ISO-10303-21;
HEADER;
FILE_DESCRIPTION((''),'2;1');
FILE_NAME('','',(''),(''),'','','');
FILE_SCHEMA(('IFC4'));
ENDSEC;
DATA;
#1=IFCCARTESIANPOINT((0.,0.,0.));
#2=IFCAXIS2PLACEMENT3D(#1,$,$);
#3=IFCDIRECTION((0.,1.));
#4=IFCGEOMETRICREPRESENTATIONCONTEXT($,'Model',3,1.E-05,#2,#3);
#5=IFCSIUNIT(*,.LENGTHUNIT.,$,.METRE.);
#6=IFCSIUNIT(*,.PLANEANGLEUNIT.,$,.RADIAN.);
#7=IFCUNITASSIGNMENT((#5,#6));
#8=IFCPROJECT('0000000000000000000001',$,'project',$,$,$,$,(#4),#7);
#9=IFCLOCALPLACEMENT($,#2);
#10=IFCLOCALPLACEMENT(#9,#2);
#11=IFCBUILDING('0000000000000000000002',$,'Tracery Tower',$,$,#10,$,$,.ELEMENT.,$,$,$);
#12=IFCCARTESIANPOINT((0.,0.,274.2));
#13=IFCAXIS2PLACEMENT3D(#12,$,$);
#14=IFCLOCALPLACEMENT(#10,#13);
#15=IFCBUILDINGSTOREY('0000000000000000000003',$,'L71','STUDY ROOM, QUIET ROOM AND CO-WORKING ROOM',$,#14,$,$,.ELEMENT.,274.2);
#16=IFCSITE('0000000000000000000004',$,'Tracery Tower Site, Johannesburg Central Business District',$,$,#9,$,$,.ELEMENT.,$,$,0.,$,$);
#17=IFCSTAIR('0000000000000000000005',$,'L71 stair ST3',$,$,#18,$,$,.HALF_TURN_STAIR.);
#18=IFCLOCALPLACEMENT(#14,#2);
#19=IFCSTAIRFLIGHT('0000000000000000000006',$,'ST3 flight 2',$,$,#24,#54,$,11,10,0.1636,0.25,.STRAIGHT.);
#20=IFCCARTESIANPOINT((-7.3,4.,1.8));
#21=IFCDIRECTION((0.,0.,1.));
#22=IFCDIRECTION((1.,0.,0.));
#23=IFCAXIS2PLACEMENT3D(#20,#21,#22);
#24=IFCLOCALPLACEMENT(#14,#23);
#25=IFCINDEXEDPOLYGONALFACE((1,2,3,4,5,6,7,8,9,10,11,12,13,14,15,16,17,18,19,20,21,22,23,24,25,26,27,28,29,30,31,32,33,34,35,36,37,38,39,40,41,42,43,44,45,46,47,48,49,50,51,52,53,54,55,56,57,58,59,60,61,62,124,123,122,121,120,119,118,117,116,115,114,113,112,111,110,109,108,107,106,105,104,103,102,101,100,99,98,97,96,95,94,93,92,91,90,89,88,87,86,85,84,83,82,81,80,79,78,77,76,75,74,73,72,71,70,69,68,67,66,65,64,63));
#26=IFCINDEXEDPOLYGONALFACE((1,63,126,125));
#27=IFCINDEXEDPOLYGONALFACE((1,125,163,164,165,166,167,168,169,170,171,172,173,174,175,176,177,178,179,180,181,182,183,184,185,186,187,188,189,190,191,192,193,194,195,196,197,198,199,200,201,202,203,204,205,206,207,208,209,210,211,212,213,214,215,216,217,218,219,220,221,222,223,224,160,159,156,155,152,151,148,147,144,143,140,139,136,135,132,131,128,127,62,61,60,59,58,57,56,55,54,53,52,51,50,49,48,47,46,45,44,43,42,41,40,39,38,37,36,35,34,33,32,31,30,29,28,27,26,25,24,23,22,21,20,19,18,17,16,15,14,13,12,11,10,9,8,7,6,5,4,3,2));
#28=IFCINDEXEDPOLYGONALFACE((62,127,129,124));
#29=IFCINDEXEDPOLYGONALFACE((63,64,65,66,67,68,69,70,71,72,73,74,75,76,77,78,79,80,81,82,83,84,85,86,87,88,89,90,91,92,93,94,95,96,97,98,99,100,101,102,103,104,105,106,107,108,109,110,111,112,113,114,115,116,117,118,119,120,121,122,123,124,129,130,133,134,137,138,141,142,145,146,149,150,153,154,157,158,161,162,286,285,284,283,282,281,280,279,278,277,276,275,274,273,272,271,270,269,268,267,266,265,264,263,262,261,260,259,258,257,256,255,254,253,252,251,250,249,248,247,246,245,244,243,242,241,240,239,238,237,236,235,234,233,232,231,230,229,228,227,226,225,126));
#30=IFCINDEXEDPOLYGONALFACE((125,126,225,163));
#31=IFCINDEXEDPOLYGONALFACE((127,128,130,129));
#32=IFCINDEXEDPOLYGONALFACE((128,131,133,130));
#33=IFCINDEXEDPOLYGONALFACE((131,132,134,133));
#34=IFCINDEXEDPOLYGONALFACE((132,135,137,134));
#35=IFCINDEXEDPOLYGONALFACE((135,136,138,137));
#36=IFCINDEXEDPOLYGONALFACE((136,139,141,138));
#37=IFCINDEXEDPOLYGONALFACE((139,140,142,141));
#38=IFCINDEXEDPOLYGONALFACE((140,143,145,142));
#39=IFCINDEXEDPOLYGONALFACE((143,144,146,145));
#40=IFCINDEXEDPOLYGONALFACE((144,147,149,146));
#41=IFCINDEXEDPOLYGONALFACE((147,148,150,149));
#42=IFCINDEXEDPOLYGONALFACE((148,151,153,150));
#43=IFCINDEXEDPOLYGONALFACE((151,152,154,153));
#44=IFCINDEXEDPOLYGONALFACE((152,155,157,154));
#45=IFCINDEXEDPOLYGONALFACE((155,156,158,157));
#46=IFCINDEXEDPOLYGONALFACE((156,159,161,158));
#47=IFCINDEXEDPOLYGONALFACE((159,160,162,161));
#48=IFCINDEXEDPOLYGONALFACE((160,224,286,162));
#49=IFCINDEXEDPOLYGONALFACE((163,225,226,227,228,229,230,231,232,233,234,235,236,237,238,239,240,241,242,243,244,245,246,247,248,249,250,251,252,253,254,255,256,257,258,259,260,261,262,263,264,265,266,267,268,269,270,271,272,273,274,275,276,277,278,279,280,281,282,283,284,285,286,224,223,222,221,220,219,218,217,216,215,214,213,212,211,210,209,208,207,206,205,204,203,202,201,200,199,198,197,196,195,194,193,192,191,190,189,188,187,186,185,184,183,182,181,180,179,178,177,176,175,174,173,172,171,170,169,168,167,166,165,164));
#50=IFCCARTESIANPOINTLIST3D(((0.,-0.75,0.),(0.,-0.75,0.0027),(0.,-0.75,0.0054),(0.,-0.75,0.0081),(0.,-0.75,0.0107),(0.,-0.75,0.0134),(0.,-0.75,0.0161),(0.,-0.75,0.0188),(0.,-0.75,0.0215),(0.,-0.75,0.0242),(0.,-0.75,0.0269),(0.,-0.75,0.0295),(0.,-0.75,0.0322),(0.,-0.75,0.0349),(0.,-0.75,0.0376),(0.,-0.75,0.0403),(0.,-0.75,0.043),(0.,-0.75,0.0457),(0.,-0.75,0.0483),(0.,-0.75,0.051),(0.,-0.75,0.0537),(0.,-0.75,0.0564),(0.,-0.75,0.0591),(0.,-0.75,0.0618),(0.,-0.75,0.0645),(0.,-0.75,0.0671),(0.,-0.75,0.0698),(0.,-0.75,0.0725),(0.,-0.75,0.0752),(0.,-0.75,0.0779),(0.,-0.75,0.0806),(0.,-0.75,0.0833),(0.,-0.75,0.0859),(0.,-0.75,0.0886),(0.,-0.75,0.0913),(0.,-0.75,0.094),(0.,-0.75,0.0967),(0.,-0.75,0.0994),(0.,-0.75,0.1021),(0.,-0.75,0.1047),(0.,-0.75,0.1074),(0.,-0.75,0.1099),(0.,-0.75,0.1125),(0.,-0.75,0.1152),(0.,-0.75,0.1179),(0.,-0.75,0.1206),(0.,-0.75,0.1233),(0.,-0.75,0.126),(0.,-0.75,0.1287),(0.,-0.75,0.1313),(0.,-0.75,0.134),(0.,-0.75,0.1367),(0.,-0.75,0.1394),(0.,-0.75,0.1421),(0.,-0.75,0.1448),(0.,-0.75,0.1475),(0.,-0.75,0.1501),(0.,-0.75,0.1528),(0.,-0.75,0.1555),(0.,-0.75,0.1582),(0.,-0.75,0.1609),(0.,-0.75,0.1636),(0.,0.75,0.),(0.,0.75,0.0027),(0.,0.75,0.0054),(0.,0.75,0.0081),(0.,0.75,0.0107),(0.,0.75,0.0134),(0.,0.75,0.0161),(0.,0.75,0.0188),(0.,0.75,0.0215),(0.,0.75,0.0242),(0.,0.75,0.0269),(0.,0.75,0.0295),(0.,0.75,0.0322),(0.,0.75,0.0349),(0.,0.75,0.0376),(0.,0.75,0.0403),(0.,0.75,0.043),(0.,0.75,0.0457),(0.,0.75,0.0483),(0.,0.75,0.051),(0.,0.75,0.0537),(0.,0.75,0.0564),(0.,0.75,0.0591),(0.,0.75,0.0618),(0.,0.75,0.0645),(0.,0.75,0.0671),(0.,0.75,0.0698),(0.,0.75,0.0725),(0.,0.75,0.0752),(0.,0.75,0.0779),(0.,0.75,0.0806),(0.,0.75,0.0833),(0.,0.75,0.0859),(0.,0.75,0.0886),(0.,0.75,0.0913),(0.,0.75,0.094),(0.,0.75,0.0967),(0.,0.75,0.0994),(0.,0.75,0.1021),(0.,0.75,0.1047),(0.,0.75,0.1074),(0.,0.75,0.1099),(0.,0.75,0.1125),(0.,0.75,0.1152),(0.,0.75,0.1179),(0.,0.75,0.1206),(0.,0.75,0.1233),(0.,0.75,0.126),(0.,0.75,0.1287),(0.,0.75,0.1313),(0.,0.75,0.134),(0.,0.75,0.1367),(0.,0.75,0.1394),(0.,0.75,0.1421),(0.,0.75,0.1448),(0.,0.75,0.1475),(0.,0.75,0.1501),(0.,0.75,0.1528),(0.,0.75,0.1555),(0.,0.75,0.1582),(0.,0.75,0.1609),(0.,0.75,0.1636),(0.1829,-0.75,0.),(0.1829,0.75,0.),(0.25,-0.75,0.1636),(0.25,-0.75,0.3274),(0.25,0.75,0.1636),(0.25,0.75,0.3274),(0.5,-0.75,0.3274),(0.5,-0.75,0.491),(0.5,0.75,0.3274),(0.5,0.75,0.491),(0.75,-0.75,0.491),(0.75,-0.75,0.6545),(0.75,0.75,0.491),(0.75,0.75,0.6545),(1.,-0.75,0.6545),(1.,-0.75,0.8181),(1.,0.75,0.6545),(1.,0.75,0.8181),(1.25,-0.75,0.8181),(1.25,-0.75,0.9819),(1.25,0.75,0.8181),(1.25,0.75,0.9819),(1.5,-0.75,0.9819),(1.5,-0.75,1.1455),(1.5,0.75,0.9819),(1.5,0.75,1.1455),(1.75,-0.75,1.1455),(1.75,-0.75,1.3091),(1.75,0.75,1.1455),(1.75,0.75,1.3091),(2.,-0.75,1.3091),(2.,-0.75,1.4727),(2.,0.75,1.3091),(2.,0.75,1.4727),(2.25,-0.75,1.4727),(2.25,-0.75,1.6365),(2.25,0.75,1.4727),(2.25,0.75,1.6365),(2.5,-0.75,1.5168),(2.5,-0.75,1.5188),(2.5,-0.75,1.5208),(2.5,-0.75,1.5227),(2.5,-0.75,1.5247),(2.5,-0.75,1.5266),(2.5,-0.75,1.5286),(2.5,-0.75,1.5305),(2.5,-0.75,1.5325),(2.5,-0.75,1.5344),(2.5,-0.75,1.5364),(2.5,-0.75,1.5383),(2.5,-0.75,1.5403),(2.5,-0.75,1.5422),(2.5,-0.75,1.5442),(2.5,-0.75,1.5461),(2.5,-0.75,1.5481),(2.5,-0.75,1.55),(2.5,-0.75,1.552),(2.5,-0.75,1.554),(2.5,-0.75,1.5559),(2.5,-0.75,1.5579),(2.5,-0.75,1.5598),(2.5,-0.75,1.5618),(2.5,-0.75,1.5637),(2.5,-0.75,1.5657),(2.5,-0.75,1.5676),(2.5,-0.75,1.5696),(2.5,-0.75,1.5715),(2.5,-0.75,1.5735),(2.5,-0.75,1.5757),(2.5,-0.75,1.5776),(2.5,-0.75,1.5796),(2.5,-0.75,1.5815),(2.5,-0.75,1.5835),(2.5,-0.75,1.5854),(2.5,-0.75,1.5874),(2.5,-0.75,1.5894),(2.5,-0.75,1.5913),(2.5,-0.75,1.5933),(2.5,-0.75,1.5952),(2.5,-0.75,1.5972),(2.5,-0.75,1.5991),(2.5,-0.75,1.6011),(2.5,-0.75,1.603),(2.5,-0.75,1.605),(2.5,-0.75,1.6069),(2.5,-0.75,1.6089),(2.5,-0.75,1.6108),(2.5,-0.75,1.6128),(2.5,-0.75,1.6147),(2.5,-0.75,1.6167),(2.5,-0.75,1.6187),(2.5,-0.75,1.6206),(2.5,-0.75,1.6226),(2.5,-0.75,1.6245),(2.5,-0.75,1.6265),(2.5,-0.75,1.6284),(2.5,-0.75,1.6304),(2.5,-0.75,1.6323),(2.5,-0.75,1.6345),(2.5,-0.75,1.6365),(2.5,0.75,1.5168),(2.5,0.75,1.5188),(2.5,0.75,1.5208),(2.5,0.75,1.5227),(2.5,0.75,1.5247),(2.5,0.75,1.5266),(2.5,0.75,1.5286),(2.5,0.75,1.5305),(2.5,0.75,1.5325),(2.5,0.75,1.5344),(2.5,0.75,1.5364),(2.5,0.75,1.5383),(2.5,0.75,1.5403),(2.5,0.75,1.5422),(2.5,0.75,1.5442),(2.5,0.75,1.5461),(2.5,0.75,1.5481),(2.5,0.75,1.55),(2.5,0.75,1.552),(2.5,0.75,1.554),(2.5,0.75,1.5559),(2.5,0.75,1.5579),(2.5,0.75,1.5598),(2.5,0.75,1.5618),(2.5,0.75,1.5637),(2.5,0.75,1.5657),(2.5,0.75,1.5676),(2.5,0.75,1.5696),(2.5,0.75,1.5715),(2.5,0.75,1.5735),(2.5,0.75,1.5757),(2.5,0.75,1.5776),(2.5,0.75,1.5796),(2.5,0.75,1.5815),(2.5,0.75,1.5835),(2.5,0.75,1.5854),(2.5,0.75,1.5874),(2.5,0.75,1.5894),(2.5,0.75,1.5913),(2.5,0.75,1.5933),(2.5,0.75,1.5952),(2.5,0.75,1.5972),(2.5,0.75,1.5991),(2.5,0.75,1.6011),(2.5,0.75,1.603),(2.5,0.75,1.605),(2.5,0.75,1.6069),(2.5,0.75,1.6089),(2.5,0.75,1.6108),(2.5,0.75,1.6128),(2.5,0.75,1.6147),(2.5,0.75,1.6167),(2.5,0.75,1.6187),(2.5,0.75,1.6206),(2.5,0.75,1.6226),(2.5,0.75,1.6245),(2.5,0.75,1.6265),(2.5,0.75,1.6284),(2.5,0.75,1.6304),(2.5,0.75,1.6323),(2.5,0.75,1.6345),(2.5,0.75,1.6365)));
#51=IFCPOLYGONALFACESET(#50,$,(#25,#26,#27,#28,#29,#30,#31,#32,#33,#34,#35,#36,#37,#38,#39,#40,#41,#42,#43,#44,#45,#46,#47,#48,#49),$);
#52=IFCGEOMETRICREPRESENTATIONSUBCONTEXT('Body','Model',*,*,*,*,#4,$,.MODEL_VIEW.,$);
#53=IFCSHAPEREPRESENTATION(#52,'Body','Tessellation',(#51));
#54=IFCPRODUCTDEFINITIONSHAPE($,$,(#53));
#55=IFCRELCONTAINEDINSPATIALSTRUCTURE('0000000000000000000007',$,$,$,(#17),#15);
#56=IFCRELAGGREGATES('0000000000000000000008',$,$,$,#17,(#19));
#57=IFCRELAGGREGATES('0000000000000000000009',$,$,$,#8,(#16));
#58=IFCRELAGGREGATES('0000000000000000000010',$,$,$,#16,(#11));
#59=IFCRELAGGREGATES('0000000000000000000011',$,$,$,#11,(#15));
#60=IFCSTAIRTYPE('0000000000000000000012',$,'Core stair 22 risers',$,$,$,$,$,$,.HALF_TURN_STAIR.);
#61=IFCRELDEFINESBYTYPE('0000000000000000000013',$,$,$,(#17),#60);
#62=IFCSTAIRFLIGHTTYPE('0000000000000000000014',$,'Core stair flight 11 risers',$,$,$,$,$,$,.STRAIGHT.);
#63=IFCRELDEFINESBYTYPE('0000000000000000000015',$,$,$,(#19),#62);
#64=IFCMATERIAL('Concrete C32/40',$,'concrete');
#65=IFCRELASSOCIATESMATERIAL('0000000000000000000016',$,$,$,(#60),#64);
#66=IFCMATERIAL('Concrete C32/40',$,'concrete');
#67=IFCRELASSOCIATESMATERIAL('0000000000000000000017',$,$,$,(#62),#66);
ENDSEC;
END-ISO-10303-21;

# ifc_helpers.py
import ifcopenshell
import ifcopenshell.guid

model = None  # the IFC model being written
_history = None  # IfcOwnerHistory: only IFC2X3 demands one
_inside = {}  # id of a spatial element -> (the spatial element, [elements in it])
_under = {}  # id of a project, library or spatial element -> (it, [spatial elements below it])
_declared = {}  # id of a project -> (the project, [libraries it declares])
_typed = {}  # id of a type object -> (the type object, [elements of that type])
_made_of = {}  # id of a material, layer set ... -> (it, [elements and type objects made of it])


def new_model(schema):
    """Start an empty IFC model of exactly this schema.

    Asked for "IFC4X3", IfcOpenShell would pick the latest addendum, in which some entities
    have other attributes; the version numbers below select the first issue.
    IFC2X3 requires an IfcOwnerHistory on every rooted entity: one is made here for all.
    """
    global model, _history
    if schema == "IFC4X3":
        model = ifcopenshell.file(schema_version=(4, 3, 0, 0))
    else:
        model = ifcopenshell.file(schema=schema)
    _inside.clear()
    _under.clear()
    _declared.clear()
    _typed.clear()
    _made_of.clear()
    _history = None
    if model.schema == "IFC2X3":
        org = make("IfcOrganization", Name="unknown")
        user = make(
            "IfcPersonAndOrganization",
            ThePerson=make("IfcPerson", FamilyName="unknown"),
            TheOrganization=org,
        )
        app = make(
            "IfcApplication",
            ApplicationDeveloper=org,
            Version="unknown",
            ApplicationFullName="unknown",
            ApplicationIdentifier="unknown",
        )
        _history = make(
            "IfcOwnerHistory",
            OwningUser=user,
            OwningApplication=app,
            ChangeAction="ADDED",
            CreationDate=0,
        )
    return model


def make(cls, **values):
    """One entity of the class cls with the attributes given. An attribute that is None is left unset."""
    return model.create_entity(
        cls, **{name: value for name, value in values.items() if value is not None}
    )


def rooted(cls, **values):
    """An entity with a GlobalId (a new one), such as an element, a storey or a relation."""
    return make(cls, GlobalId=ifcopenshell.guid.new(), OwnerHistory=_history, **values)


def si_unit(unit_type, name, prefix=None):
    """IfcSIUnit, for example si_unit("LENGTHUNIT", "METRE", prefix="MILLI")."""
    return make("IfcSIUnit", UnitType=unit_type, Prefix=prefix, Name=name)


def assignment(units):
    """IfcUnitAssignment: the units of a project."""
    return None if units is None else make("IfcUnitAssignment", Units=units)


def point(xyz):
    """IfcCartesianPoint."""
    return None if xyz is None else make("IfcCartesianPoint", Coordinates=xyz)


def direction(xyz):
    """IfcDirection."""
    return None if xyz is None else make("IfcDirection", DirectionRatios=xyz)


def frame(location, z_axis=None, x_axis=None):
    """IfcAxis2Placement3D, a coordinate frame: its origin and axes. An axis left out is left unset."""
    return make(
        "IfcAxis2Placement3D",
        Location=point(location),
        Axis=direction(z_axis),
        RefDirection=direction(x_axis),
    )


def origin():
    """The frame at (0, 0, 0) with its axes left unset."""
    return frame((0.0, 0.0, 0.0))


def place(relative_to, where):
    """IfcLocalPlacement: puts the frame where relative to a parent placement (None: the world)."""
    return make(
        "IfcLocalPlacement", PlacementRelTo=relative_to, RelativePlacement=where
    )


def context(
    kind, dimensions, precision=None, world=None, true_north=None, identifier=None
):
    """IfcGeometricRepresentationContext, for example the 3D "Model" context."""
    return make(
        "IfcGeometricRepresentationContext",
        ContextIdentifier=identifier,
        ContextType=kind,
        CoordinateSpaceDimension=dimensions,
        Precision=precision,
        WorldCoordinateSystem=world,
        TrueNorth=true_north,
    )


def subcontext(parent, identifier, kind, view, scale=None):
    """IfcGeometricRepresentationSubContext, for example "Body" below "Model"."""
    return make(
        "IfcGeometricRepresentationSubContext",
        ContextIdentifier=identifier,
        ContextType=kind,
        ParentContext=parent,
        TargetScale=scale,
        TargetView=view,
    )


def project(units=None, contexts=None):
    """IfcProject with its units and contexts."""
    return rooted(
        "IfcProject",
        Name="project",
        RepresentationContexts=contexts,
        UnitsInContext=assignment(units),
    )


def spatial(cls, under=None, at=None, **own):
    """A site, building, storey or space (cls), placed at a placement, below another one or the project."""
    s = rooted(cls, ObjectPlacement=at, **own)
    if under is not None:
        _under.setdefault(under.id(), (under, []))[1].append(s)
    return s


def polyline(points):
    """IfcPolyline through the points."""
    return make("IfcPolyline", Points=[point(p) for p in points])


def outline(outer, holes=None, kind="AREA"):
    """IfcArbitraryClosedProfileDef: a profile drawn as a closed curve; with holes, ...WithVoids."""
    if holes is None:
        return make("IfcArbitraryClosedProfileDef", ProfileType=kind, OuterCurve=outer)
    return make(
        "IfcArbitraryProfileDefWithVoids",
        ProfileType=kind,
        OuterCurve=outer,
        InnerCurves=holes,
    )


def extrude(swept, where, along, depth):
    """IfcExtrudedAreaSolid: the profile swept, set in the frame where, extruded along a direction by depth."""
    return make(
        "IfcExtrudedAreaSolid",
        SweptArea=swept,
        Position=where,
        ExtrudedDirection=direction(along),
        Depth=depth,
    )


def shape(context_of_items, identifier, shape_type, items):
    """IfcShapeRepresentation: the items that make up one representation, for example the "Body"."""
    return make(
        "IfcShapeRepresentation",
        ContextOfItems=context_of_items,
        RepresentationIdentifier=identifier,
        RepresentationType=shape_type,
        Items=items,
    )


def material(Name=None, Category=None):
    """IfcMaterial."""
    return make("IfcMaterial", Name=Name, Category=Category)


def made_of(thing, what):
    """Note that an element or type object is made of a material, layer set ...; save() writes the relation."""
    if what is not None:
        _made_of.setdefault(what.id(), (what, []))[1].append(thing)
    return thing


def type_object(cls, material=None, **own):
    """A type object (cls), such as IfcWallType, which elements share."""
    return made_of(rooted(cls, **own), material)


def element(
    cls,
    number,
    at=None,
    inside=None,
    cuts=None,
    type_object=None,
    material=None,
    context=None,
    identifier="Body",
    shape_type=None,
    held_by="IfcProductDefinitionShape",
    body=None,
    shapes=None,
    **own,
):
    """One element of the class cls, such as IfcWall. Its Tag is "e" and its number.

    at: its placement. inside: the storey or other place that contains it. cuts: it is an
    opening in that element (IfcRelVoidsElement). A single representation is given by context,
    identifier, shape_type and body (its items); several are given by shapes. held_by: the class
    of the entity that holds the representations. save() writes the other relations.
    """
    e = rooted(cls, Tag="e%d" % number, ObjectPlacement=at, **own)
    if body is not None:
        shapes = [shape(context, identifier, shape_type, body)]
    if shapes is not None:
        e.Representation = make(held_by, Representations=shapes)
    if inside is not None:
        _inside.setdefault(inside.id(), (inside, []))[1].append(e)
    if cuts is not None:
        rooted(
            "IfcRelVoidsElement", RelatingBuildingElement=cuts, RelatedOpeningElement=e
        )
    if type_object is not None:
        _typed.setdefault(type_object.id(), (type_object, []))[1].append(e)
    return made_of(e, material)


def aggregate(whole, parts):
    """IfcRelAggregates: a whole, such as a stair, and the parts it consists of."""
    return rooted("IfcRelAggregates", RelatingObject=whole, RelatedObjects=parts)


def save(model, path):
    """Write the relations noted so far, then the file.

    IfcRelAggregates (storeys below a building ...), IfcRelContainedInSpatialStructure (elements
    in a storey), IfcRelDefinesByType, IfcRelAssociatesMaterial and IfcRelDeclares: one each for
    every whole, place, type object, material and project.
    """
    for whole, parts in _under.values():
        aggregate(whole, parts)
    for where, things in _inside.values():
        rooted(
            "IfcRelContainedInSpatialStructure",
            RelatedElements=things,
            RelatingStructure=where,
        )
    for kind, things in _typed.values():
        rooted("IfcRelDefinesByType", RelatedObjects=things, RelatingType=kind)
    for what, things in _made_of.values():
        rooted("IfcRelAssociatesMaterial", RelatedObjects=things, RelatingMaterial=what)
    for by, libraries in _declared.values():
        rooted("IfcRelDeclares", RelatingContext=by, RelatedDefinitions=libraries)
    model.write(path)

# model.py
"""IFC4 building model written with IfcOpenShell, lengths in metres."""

from ifc_helpers import new_model, si_unit, direction, frame, origin, place, context, subcontext, project, spatial, polyline, outline, extrude, material, type_object, element, aggregate, save


model = new_model("IFC4")

# Units and contexts
model_context = context("Model", 3, precision=1e-05, world=origin(), true_north=direction((0.0, 1.0)))
body_context = subcontext(model_context, "Body", "Model", "MODEL_VIEW")
ifc_project = project(units=[si_unit("LENGTHUNIT", "METRE"), si_unit("PLANEANGLEUNIT", "RADIAN")], contexts=[model_context])

# Site, building, storey
site_placement = place(None, origin())
site = spatial("IfcSite", under=ifc_project, at=site_placement, Name="Tracery Tower Site, Johannesburg Central Business District", CompositionType="ELEMENT", RefElevation=0.0)
building_placement = place(site_placement, origin())
building = spatial("IfcBuilding", under=site, at=building_placement, Name="Tracery Tower", CompositionType="ELEMENT")
storey_placement = place(building_placement, frame((0.0, 0.0, 274.2)))
storey = spatial("IfcBuildingStorey", under=building, at=storey_placement, Name="L71", Description="STUDY ROOM, QUIET ROOM AND CO-WORKING ROOM", CompositionType="ELEMENT", Elevation=274.2)

# Stair, stair flight
ifc_material_1 = material(Name="Concrete C32/40", Category="concrete")
stair_type = type_object("IfcStairType", Name="Core stair 22 risers", PredefinedType="HALF_TURN_STAIR", material=ifc_material_1)
stair_placement = place(storey_placement, origin())
stair = element("IfcStair", 1, at=stair_placement, inside=storey, type_object=stair_type, Name="L71 stair ST3", PredefinedType="HALF_TURN_STAIR")
ifc_material_2 = material(Name="Concrete C32/40", Category="concrete")
stair_flight_type = type_object("IfcStairFlightType", Name="Core stair flight 11 risers", PredefinedType="STRAIGHT", material=ifc_material_2)
stair_flight_1_placement = place(storey_placement, frame((-7.3, 4.0, 1.8), z_axis=(0.0, 0.0, 1.0), x_axis=(1.0, 0.0, 0.0)))
stair_flight_1 = element("IfcStairFlight", 2, at=stair_flight_1_placement, type_object=stair_flight_type, Name="ST3 flight 2", NumberOfRisers=11, NumberOfTreads=10, PredefinedType="STRAIGHT", RiserHeight=0.1636, TreadLength=0.25, context=body_context, shape_type="SweptSolid", body=[
    extrude(outline(polyline([(0.0, 0.0), (0.0, 0.0027), (0.0, 0.0054), (0.0, 0.0081), (0.0, 0.0107), (0.0, 0.0134), (0.0, 0.0161), (0.0, 0.0188), (0.0, 0.0215), (0.0, 0.0242), (0.0, 0.0269), (0.0, 0.0295), (0.0, 0.0322), (0.0, 0.0349), (0.0, 0.0376), (0.0, 0.0403), (0.0, 0.043), (0.0, 0.0457), (0.0, 0.0483), (0.0, 0.051), (0.0, 0.0537), (0.0, 0.0564), (0.0, 0.0591), (0.0, 0.0618), (0.0, 0.0645), (0.0, 0.0671), (0.0, 0.0698), (0.0, 0.0725), (0.0, 0.0752), (0.0, 0.0779), (0.0, 0.0806), (0.0, 0.0833), (0.0, 0.0859), (0.0, 0.0886), (0.0, 0.0913), (0.0, 0.094), (0.0, 0.0967), (0.0, 0.0994), (0.0, 0.1021), (0.0, 0.1047), (0.0, 0.1074), (0.0, 0.1099), (0.0, 0.1125), (0.0, 0.1152), (0.0, 0.1179), (0.0, 0.1206), (0.0, 0.1233), (0.0, 0.126), (0.0, 0.1287), (0.0, 0.1313), (0.0, 0.134), (0.0, 0.1367), (0.0, 0.1394), (0.0, 0.1421), (0.0, 0.1448), (0.0, 0.1475), (0.0, 0.1501), (0.0, 0.1528), (0.0, 0.1555), (0.0, 0.1582), (0.0, 0.1609), (0.0, 0.1636), (0.25, 0.1636), (0.25, 0.3274), (0.5, 0.3274), (0.5, 0.491), (0.75, 0.491), (0.75, 0.6545), (1.0, 0.6545), (1.0, 0.8181), (1.25, 0.8181), (1.25, 0.9819), (1.5, 0.9819), (1.5, 1.1455), (1.75, 1.1455), (1.75, 1.3091), (2.0, 1.3091), (2.0, 1.4727), (2.25, 1.4727), (2.25, 1.6365), (2.5, 1.6365), (2.5, 1.6345), (2.5, 1.6323), (2.5, 1.6304), (2.5, 1.6284), (2.5, 1.6265), (2.5, 1.6245), (2.5, 1.6226), (2.5, 1.6206), (2.5, 1.6187), (2.5, 1.6167), (2.5, 1.6147), (2.5, 1.6128), (2.5, 1.6108), (2.5, 1.6089), (2.5, 1.6069), (2.5, 1.605), (2.5, 1.603), (2.5, 1.6011), (2.5, 1.5991), (2.5, 1.5972), (2.5, 1.5952), (2.5, 1.5933), (2.5, 1.5913), (2.5, 1.5894), (2.5, 1.5874), (2.5, 1.5854), (2.5, 1.5835), (2.5, 1.5815), (2.5, 1.5796), (2.5, 1.5776), (2.5, 1.5757), (2.5, 1.5735), (2.5, 1.5715), (2.5, 1.5696), (2.5, 1.5676), (2.5, 1.5657), (2.5, 1.5637), (2.5, 1.5618), (2.5, 1.5598), (2.5, 1.5579), (2.5, 1.5559), (2.5, 1.554), (2.5, 1.552), (2.5, 1.55), (2.5, 1.5481), (2.5, 1.5461), (2.5, 1.5442), (2.5, 1.5422), (2.5, 1.5403), (2.5, 1.5383), (2.5, 1.5364), (2.5, 1.5344), (2.5, 1.5325), (2.5, 1.5305), (2.5, 1.5286), (2.5, 1.5266), (2.5, 1.5247), (2.5, 1.5227), (2.5, 1.5208), (2.5, 1.5188), (2.5, 1.5168), (0.1829, 0.0), (0.0, 0.0)])), frame((0.0, 0.75, 0.0), z_axis=(0.0, -1.0, 0.0), x_axis=(1.0, 0.0, 0.0)), (0.0, 0.0, 1.0), 1.5),
])
aggregate(stair, [stair_flight_1])

save(model, "model.ifc")
